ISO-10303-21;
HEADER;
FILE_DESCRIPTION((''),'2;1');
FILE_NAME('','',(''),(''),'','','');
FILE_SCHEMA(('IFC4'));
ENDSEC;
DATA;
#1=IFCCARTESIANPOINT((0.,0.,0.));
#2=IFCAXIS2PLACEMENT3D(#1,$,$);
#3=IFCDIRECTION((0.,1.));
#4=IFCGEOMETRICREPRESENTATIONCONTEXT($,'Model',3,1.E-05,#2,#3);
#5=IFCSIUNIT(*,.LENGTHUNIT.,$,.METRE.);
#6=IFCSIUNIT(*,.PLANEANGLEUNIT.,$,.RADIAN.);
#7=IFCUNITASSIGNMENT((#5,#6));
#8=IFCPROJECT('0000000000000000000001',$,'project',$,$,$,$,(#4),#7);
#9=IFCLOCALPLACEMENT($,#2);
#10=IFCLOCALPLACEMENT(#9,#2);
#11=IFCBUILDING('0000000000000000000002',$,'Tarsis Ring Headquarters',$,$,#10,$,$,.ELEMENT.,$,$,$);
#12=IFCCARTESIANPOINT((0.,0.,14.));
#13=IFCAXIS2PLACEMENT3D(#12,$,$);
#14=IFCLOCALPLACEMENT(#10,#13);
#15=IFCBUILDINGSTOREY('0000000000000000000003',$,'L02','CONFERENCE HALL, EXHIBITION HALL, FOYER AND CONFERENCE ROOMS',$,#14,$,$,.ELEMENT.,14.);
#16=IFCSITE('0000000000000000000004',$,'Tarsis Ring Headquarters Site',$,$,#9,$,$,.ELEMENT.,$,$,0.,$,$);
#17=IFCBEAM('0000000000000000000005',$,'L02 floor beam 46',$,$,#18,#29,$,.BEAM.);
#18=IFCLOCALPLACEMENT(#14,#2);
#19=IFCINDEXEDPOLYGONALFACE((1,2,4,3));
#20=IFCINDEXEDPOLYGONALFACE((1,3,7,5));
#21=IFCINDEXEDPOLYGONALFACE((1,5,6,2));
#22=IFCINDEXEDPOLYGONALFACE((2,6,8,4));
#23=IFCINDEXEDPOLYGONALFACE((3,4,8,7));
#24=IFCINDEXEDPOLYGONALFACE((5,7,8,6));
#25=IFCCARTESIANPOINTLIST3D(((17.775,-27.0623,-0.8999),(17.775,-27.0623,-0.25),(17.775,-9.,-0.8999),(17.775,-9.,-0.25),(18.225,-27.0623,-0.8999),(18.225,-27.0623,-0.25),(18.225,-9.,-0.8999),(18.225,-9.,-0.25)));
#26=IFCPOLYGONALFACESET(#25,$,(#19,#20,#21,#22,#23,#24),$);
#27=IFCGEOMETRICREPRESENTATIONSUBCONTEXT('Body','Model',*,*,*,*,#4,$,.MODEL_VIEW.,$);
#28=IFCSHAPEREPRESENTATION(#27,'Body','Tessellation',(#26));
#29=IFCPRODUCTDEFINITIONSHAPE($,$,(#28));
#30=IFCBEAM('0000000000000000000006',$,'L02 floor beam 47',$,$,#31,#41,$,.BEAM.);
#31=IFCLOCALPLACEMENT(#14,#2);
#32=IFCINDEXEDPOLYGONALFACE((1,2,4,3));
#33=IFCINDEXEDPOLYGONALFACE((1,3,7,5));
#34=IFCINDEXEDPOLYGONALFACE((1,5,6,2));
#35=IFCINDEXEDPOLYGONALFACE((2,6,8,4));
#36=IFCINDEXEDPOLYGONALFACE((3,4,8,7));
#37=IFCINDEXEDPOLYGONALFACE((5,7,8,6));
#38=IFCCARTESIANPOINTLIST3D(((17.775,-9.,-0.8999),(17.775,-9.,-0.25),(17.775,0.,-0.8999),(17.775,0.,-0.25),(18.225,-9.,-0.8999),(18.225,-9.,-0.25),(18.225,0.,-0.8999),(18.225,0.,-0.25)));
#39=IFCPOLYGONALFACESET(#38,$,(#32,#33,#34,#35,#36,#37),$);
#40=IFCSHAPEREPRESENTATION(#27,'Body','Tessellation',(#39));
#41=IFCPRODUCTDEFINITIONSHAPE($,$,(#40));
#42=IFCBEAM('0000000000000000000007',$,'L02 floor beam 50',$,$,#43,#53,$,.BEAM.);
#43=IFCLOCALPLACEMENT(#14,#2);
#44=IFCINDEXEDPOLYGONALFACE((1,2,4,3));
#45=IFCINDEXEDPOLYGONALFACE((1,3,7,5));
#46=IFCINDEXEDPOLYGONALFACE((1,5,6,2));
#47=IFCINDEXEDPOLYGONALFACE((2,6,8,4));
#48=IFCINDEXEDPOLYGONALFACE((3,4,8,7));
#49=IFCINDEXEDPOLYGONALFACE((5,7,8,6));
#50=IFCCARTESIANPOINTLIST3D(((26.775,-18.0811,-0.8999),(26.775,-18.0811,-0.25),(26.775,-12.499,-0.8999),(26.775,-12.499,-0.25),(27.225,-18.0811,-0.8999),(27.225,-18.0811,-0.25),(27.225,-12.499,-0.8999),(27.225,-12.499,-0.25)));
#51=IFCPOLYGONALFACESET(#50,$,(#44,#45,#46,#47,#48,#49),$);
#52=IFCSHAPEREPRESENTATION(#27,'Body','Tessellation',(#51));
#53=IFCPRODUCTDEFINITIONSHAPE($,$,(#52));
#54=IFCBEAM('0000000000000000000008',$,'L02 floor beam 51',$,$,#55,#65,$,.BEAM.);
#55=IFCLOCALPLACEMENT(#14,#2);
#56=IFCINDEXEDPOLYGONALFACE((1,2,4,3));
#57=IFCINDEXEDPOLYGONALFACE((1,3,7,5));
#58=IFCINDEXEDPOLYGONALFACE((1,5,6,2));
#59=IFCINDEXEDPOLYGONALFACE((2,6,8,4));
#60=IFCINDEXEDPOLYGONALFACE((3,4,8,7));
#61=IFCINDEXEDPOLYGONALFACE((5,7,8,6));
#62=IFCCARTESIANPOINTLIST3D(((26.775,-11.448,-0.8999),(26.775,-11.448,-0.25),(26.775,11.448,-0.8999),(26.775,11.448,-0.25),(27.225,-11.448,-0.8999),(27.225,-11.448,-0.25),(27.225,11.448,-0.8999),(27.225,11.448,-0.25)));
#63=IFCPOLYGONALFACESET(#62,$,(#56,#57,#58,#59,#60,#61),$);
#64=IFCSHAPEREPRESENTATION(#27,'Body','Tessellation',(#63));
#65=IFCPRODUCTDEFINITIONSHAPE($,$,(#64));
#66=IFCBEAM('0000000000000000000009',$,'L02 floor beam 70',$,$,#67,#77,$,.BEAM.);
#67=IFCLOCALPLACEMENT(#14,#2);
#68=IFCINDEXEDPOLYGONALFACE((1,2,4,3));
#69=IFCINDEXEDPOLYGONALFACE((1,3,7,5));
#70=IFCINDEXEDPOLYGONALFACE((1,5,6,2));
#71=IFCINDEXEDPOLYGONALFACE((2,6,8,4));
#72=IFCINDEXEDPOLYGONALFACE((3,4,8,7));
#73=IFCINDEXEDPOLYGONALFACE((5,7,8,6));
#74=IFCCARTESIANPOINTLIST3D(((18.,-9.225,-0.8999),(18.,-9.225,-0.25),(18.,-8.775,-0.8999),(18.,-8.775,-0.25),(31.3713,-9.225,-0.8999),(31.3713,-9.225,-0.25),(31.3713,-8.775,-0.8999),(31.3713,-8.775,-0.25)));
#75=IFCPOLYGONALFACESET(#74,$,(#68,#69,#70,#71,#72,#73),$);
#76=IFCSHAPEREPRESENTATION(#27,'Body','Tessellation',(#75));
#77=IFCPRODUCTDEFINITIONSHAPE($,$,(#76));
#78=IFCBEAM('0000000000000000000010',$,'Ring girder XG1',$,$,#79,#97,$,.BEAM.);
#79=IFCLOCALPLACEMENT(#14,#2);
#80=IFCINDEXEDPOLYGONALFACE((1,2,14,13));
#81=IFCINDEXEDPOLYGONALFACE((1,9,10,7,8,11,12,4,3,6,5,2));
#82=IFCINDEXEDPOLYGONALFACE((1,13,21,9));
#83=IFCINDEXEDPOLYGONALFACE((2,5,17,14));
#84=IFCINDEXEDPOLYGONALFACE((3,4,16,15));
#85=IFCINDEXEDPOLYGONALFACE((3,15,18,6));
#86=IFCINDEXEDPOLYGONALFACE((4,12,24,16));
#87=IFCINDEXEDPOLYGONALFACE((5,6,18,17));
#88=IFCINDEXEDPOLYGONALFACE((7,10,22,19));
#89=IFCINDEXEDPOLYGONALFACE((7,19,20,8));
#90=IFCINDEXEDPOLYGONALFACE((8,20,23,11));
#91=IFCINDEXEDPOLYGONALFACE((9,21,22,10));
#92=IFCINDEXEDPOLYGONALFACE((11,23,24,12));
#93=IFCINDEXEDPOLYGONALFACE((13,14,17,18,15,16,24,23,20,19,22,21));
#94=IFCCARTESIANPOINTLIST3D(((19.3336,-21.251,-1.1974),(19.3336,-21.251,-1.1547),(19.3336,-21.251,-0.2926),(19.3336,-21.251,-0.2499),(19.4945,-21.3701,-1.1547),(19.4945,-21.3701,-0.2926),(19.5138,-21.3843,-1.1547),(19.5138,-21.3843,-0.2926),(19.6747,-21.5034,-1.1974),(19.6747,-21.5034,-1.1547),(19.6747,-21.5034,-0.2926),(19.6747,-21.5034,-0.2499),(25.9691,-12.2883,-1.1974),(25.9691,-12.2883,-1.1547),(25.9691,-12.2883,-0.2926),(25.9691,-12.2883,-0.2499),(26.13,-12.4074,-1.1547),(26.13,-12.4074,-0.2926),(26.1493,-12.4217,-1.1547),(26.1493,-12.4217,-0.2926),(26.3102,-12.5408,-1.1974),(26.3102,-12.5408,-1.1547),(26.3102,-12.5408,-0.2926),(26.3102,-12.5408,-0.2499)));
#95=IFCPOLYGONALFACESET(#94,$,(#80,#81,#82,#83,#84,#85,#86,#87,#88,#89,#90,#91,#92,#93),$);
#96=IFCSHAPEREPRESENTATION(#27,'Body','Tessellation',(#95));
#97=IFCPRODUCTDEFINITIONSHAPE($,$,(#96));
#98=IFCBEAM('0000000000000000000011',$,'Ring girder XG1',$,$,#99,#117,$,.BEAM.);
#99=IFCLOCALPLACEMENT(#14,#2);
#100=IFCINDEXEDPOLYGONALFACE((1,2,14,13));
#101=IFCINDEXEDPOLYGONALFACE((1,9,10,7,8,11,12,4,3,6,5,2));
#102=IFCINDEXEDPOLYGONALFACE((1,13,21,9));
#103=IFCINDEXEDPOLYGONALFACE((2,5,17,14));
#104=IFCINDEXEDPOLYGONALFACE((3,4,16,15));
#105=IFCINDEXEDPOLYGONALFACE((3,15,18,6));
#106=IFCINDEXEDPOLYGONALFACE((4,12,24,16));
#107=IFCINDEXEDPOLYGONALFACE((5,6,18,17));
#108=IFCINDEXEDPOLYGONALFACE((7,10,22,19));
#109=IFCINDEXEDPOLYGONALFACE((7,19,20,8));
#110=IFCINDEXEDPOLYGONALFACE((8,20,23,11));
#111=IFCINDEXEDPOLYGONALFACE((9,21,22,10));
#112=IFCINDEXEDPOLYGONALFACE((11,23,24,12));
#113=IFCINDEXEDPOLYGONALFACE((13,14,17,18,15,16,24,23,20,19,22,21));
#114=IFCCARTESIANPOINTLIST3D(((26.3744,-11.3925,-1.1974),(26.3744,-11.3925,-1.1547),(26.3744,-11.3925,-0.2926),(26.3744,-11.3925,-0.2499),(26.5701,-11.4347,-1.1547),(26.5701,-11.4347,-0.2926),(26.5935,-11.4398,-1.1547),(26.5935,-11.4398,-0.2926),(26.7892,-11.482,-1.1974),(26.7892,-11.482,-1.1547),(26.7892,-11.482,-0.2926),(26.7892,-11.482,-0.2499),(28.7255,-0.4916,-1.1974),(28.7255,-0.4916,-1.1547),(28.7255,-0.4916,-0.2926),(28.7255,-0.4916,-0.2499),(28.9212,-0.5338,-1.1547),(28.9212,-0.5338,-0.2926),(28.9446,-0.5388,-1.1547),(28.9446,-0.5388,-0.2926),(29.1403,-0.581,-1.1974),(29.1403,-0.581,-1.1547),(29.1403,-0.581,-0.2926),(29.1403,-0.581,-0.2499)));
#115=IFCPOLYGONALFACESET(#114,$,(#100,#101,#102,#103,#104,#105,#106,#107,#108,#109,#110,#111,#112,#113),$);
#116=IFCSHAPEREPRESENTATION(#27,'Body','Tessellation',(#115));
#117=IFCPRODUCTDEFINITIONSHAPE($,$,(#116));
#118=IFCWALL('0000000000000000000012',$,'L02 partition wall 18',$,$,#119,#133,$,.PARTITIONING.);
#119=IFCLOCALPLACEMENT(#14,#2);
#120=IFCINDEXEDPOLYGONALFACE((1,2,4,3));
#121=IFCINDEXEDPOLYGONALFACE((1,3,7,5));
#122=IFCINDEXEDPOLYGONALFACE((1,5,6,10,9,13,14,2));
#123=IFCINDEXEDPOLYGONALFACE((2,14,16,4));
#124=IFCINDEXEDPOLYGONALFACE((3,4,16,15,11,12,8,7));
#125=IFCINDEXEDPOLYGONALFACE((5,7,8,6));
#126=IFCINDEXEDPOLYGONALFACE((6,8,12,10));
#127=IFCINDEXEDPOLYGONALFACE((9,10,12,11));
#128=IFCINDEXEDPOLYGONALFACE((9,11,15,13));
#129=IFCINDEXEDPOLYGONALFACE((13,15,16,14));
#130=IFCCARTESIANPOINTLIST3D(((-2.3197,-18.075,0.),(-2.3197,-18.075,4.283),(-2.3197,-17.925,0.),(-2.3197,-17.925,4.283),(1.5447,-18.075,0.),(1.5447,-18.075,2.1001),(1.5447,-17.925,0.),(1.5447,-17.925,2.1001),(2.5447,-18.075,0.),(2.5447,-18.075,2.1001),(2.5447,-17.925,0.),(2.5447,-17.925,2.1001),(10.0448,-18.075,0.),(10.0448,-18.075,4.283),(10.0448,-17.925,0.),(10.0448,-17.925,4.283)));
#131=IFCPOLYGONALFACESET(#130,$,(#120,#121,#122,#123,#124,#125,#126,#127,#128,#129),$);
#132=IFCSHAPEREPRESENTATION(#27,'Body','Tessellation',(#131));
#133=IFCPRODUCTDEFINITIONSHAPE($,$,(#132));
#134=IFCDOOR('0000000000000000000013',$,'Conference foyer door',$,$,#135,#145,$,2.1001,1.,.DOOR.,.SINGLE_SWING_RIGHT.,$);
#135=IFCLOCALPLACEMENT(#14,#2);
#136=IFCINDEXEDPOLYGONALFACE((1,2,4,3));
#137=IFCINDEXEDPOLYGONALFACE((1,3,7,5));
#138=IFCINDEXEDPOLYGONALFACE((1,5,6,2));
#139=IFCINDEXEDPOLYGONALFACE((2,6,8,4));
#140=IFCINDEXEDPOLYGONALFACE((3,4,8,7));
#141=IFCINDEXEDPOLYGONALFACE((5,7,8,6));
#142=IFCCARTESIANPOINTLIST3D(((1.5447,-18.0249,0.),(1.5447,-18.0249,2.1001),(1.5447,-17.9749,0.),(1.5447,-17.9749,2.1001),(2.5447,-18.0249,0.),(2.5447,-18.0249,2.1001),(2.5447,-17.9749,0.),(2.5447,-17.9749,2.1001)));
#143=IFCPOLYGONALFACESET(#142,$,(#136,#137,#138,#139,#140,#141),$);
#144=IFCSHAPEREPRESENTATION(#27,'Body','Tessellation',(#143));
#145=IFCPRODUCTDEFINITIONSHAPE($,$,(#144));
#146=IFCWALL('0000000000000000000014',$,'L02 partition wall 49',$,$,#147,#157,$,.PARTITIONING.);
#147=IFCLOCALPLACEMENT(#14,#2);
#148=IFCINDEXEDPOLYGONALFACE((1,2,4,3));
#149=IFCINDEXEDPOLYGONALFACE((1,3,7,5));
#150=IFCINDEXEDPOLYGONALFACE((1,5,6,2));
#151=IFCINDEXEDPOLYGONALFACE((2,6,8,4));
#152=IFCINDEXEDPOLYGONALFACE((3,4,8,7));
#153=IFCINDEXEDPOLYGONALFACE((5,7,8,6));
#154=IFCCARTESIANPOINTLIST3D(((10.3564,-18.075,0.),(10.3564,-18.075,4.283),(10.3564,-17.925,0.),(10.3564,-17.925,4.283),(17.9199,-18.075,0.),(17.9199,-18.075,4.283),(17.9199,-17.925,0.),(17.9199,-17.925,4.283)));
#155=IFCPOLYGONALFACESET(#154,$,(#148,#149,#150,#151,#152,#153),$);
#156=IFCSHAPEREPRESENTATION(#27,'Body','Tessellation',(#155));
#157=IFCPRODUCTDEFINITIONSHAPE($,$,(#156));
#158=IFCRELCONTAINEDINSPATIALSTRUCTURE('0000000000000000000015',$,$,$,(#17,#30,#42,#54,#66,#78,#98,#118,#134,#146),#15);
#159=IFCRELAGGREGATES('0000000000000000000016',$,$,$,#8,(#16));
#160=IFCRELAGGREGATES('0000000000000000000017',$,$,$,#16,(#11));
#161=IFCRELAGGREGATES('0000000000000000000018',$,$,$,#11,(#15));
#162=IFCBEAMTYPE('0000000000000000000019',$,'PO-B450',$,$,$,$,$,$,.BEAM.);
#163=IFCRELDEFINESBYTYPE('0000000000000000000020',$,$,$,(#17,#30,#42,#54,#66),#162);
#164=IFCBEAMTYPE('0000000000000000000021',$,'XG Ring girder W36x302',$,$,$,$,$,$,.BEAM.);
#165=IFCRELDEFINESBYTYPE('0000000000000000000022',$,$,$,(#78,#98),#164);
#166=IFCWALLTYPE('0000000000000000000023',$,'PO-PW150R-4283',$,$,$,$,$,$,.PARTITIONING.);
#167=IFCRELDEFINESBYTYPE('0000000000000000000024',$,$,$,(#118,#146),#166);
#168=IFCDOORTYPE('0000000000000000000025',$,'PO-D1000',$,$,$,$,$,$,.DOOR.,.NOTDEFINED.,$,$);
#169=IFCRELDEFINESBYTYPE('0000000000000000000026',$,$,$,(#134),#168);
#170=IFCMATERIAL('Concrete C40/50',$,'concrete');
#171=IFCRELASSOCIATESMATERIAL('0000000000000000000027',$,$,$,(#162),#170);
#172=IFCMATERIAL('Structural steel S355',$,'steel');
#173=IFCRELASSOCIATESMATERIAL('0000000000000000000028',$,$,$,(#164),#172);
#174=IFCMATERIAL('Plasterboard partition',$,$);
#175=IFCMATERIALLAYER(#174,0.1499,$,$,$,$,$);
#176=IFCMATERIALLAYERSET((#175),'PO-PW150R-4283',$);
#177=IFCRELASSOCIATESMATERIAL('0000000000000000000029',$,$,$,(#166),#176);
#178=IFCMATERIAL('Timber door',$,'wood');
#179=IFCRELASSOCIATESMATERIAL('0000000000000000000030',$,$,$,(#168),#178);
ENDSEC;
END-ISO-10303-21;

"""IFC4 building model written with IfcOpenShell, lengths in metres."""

from ifc_helpers import new_model, si_unit, direction, frame, frame_2d, origin, origin_2d, place, context, subcontext, project, spatial, rectangle, i_section, extrude, material, layer, layer_set, material_profile, profile_set, type_object, element, fill, save


model = new_model("IFC4")

# Units and contexts
model_context = context("Model", 3, precision=1e-05, world=origin(), true_north=direction((0.0, 1.0)))
body_context = subcontext(model_context, "Body", "Model", "MODEL_VIEW")
ifc_project = project(units=[si_unit("LENGTHUNIT", "METRE"), si_unit("PLANEANGLEUNIT", "RADIAN")], contexts=[model_context])

# Site, building, storey
site_placement = place(None, origin())
site = spatial("IfcSite", under=ifc_project, at=site_placement, Name="Tarsis Ring Headquarters Site", CompositionType="ELEMENT", RefElevation=0.0)
building_placement = place(site_placement, origin())
building = spatial("IfcBuilding", under=site, at=building_placement, Name="Tarsis Ring Headquarters", CompositionType="ELEMENT")
storey_placement = place(building_placement, frame((0.0, 0.0, 14.0)))
storey = spatial("IfcBuildingStorey", under=building, at=storey_placement, Name="L02", Description="CONFERENCE HALL, EXHIBITION HALL, FOYER AND CONFERENCE ROOMS", CompositionType="ELEMENT", Elevation=14.0)

# Beams
ifc_material_1 = material(Name="Concrete C40/50", Category="concrete")
ifc_material_profile_1 = material_profile(ifc_material_1, rectangle(XDim=0.45, YDim=0.6499, at=origin_2d()), Name="PO-B450")
ifc_profile_set_1 = profile_set([ifc_material_profile_1], Name="Concrete C40/50")
beam_type_1 = type_object("IfcBeamType", Name="PO-B450", PredefinedType="BEAM", material=ifc_profile_set_1)
beam_1_placement = place(storey_placement, frame((18.0, -27.0623, -0.575), z_axis=(0.0, 1.0, 0.0), x_axis=(-1.0, 0.0, 0.0)))
element("IfcBeam", 1, at=beam_1_placement, inside=storey, type_object=beam_type_1, Name="L02 floor beam 46", PredefinedType="BEAM", context=body_context, shape_type="SweptSolid", body=[
    extrude(rectangle(XDim=0.45, YDim=0.6499, at=origin_2d()), origin(), (0.0, 0.0, 1.0), 18.0623),
])
beam_2_placement = place(storey_placement, frame((18.0, -9.0, -0.575), z_axis=(0.0, 1.0, 0.0), x_axis=(-1.0, 0.0, 0.0)))
element("IfcBeam", 2, at=beam_2_placement, inside=storey, type_object=beam_type_1, Name="L02 floor beam 47", PredefinedType="BEAM", context=body_context, shape_type="SweptSolid", body=[
    extrude(rectangle(XDim=0.45, YDim=0.6499, at=origin_2d()), origin(), (0.0, 0.0, 1.0), 9.0),
])
beam_3_placement = place(storey_placement, frame((27.0, -18.0811, -0.575), z_axis=(0.0, 1.0, 0.0), x_axis=(-1.0, 0.0, 0.0)))
element("IfcBeam", 3, at=beam_3_placement, inside=storey, type_object=beam_type_1, Name="L02 floor beam 50", PredefinedType="BEAM", context=body_context, shape_type="SweptSolid", body=[
    extrude(rectangle(XDim=0.45, YDim=0.6499, at=origin_2d()), origin(), (0.0, 0.0, 1.0), 5.582),
])
beam_4_placement = place(storey_placement, frame((27.0, -11.448, -0.575), z_axis=(0.0, 1.0, 0.0), x_axis=(-1.0, 0.0, 0.0)))
element("IfcBeam", 4, at=beam_4_placement, inside=storey, type_object=beam_type_1, Name="L02 floor beam 51", PredefinedType="BEAM", context=body_context, shape_type="SweptSolid", body=[
    extrude(rectangle(XDim=0.45, YDim=0.6499, at=origin_2d()), origin(), (0.0, 0.0, 1.0), 22.896),
])
beam_5_placement = place(storey_placement, frame((18.0, -9.0, -0.575), z_axis=(1.0, 0.0, 0.0), x_axis=(0.0, 1.0, 0.0)))
element("IfcBeam", 5, at=beam_5_placement, inside=storey, type_object=beam_type_1, Name="L02 floor beam 70", PredefinedType="BEAM", context=body_context, shape_type="SweptSolid", body=[
    extrude(rectangle(XDim=0.45, YDim=0.6499, at=origin_2d()), origin(), (0.0, 0.0, 1.0), 13.3713),
])
ifc_material_2 = material(Name="Structural steel S355", Category="steel")
ifc_material_profile_2 = material_profile(ifc_material_2, i_section(OverallWidth=0.4243, OverallDepth=0.9475, WebThickness=0.0239, FlangeThickness=0.0427, at=origin_2d()), Name="W36x302")
ifc_profile_set_2 = profile_set([ifc_material_profile_2], Name="Structural steel S355")
beam_type_2 = type_object("IfcBeamType", Name="XG Ring girder W36x302", PredefinedType="BEAM", material=ifc_profile_set_2)
for number, where, z_axis, x_axis, name in (
    (6, (19.5042, -21.3772, -0.7236), (0.595025, 0.803707, 0.0), (-0.803707, 0.595025, 0.0), "Ring girder XG1"),
    (7, (26.5818, -11.4373, -0.7236), (0.21083, 0.977523, 0.0), (-0.977523, 0.21083, 0.0), "Ring girder XG1"),
):
    element("IfcBeam", number, at=place(storey_placement, frame(where, z_axis=z_axis, x_axis=x_axis)), inside=storey, type_object=beam_type_2, Name=name, PredefinedType="BEAM", context=body_context, shape_type="SweptSolid", body=[
        extrude(i_section(OverallWidth=0.4243, OverallDepth=0.9475, WebThickness=0.0239, FlangeThickness=0.0427, at=origin_2d()), origin(), (0.0, 0.0, 1.0), 11.1516),
    ])

# Wall, opening, door
ifc_material_3 = material(Name="Plasterboard partition")
ifc_layer_1 = layer(ifc_material_3, 0.1499)
ifc_layer_set_1 = layer_set([ifc_layer_1], Name="PO-PW150R-4283")
wall_type_1 = type_object("IfcWallType", Name="PO-PW150R-4283", PredefinedType="PARTITIONING", material=ifc_layer_set_1)
wall_1_placement = place(storey_placement, frame((10.0447, -18.0, 0.0), z_axis=(0.0, 0.0, 1.0), x_axis=(-1.0, 0.0, 0.0)))
wall_1 = element("IfcWall", 8, at=wall_1_placement, inside=storey, type_object=wall_type_1, Name="L02 partition wall 18", PredefinedType="PARTITIONING", context=body_context, shape_type="SweptSolid", body=[
    extrude(rectangle(XDim=12.3645, YDim=0.1499, at=frame_2d((6.1821, 0.0))), origin(), (0.0, 0.0, 1.0), 4.283),
])
opening_1_placement = place(wall_1_placement, frame((7.5, 0.0, 0.0)))
opening_1 = element("IfcOpeningElement", 9, at=opening_1_placement, cuts=wall_1, PredefinedType="OPENING", context=body_context, shape_type="SweptSolid", body=[
    extrude(rectangle(XDim=1.0, YDim=2.1001, at=frame_2d((0.5, 1.05))), frame((0.0, 0.085, 0.0), z_axis=(0.0, -1.0, 0.0), x_axis=(1.0, 0.0, 0.0)), (0.0, 0.0, 1.0), 0.1699),
])
ifc_material_4 = material(Name="Timber door", Category="wood")
door_type = type_object("IfcDoorType", Name="PO-D1000", OperationType="NOTDEFINED", PredefinedType="DOOR", material=ifc_material_4)
door_placement = place(opening_1_placement, origin())
door = element("IfcDoor", 10, at=door_placement, inside=storey, type_object=door_type, Name="Conference foyer door", OperationType="SINGLE_SWING_RIGHT", OverallHeight=2.1001, OverallWidth=1.0, PredefinedType="DOOR", context=body_context, shape_type="SweptSolid", body=[
    extrude(rectangle(XDim=1.0, YDim=2.1001, at=frame_2d((0.5, 1.05))), frame((0.0, 0.0249, 0.0), z_axis=(0.0, -1.0, 0.0), x_axis=(1.0, 0.0, 0.0)), (0.0, 0.0, 1.0), 0.05),
])
fill(opening_1, door)

# Wall
wall_2_placement = place(storey_placement, frame((17.9199, -18.0, 0.0), z_axis=(0.0, 0.0, 1.0), x_axis=(-1.0, 0.0, 0.0)))
element("IfcWall", 11, at=wall_2_placement, inside=storey, type_object=wall_type_1, Name="L02 partition wall 49", PredefinedType="PARTITIONING", context=body_context, shape_type="SweptSolid", body=[
    extrude(rectangle(XDim=7.5635, YDim=0.1499, at=frame_2d((3.7817, 0.0))), origin(), (0.0, 0.0, 1.0), 4.283),
])

save(model, "model.ifc")
